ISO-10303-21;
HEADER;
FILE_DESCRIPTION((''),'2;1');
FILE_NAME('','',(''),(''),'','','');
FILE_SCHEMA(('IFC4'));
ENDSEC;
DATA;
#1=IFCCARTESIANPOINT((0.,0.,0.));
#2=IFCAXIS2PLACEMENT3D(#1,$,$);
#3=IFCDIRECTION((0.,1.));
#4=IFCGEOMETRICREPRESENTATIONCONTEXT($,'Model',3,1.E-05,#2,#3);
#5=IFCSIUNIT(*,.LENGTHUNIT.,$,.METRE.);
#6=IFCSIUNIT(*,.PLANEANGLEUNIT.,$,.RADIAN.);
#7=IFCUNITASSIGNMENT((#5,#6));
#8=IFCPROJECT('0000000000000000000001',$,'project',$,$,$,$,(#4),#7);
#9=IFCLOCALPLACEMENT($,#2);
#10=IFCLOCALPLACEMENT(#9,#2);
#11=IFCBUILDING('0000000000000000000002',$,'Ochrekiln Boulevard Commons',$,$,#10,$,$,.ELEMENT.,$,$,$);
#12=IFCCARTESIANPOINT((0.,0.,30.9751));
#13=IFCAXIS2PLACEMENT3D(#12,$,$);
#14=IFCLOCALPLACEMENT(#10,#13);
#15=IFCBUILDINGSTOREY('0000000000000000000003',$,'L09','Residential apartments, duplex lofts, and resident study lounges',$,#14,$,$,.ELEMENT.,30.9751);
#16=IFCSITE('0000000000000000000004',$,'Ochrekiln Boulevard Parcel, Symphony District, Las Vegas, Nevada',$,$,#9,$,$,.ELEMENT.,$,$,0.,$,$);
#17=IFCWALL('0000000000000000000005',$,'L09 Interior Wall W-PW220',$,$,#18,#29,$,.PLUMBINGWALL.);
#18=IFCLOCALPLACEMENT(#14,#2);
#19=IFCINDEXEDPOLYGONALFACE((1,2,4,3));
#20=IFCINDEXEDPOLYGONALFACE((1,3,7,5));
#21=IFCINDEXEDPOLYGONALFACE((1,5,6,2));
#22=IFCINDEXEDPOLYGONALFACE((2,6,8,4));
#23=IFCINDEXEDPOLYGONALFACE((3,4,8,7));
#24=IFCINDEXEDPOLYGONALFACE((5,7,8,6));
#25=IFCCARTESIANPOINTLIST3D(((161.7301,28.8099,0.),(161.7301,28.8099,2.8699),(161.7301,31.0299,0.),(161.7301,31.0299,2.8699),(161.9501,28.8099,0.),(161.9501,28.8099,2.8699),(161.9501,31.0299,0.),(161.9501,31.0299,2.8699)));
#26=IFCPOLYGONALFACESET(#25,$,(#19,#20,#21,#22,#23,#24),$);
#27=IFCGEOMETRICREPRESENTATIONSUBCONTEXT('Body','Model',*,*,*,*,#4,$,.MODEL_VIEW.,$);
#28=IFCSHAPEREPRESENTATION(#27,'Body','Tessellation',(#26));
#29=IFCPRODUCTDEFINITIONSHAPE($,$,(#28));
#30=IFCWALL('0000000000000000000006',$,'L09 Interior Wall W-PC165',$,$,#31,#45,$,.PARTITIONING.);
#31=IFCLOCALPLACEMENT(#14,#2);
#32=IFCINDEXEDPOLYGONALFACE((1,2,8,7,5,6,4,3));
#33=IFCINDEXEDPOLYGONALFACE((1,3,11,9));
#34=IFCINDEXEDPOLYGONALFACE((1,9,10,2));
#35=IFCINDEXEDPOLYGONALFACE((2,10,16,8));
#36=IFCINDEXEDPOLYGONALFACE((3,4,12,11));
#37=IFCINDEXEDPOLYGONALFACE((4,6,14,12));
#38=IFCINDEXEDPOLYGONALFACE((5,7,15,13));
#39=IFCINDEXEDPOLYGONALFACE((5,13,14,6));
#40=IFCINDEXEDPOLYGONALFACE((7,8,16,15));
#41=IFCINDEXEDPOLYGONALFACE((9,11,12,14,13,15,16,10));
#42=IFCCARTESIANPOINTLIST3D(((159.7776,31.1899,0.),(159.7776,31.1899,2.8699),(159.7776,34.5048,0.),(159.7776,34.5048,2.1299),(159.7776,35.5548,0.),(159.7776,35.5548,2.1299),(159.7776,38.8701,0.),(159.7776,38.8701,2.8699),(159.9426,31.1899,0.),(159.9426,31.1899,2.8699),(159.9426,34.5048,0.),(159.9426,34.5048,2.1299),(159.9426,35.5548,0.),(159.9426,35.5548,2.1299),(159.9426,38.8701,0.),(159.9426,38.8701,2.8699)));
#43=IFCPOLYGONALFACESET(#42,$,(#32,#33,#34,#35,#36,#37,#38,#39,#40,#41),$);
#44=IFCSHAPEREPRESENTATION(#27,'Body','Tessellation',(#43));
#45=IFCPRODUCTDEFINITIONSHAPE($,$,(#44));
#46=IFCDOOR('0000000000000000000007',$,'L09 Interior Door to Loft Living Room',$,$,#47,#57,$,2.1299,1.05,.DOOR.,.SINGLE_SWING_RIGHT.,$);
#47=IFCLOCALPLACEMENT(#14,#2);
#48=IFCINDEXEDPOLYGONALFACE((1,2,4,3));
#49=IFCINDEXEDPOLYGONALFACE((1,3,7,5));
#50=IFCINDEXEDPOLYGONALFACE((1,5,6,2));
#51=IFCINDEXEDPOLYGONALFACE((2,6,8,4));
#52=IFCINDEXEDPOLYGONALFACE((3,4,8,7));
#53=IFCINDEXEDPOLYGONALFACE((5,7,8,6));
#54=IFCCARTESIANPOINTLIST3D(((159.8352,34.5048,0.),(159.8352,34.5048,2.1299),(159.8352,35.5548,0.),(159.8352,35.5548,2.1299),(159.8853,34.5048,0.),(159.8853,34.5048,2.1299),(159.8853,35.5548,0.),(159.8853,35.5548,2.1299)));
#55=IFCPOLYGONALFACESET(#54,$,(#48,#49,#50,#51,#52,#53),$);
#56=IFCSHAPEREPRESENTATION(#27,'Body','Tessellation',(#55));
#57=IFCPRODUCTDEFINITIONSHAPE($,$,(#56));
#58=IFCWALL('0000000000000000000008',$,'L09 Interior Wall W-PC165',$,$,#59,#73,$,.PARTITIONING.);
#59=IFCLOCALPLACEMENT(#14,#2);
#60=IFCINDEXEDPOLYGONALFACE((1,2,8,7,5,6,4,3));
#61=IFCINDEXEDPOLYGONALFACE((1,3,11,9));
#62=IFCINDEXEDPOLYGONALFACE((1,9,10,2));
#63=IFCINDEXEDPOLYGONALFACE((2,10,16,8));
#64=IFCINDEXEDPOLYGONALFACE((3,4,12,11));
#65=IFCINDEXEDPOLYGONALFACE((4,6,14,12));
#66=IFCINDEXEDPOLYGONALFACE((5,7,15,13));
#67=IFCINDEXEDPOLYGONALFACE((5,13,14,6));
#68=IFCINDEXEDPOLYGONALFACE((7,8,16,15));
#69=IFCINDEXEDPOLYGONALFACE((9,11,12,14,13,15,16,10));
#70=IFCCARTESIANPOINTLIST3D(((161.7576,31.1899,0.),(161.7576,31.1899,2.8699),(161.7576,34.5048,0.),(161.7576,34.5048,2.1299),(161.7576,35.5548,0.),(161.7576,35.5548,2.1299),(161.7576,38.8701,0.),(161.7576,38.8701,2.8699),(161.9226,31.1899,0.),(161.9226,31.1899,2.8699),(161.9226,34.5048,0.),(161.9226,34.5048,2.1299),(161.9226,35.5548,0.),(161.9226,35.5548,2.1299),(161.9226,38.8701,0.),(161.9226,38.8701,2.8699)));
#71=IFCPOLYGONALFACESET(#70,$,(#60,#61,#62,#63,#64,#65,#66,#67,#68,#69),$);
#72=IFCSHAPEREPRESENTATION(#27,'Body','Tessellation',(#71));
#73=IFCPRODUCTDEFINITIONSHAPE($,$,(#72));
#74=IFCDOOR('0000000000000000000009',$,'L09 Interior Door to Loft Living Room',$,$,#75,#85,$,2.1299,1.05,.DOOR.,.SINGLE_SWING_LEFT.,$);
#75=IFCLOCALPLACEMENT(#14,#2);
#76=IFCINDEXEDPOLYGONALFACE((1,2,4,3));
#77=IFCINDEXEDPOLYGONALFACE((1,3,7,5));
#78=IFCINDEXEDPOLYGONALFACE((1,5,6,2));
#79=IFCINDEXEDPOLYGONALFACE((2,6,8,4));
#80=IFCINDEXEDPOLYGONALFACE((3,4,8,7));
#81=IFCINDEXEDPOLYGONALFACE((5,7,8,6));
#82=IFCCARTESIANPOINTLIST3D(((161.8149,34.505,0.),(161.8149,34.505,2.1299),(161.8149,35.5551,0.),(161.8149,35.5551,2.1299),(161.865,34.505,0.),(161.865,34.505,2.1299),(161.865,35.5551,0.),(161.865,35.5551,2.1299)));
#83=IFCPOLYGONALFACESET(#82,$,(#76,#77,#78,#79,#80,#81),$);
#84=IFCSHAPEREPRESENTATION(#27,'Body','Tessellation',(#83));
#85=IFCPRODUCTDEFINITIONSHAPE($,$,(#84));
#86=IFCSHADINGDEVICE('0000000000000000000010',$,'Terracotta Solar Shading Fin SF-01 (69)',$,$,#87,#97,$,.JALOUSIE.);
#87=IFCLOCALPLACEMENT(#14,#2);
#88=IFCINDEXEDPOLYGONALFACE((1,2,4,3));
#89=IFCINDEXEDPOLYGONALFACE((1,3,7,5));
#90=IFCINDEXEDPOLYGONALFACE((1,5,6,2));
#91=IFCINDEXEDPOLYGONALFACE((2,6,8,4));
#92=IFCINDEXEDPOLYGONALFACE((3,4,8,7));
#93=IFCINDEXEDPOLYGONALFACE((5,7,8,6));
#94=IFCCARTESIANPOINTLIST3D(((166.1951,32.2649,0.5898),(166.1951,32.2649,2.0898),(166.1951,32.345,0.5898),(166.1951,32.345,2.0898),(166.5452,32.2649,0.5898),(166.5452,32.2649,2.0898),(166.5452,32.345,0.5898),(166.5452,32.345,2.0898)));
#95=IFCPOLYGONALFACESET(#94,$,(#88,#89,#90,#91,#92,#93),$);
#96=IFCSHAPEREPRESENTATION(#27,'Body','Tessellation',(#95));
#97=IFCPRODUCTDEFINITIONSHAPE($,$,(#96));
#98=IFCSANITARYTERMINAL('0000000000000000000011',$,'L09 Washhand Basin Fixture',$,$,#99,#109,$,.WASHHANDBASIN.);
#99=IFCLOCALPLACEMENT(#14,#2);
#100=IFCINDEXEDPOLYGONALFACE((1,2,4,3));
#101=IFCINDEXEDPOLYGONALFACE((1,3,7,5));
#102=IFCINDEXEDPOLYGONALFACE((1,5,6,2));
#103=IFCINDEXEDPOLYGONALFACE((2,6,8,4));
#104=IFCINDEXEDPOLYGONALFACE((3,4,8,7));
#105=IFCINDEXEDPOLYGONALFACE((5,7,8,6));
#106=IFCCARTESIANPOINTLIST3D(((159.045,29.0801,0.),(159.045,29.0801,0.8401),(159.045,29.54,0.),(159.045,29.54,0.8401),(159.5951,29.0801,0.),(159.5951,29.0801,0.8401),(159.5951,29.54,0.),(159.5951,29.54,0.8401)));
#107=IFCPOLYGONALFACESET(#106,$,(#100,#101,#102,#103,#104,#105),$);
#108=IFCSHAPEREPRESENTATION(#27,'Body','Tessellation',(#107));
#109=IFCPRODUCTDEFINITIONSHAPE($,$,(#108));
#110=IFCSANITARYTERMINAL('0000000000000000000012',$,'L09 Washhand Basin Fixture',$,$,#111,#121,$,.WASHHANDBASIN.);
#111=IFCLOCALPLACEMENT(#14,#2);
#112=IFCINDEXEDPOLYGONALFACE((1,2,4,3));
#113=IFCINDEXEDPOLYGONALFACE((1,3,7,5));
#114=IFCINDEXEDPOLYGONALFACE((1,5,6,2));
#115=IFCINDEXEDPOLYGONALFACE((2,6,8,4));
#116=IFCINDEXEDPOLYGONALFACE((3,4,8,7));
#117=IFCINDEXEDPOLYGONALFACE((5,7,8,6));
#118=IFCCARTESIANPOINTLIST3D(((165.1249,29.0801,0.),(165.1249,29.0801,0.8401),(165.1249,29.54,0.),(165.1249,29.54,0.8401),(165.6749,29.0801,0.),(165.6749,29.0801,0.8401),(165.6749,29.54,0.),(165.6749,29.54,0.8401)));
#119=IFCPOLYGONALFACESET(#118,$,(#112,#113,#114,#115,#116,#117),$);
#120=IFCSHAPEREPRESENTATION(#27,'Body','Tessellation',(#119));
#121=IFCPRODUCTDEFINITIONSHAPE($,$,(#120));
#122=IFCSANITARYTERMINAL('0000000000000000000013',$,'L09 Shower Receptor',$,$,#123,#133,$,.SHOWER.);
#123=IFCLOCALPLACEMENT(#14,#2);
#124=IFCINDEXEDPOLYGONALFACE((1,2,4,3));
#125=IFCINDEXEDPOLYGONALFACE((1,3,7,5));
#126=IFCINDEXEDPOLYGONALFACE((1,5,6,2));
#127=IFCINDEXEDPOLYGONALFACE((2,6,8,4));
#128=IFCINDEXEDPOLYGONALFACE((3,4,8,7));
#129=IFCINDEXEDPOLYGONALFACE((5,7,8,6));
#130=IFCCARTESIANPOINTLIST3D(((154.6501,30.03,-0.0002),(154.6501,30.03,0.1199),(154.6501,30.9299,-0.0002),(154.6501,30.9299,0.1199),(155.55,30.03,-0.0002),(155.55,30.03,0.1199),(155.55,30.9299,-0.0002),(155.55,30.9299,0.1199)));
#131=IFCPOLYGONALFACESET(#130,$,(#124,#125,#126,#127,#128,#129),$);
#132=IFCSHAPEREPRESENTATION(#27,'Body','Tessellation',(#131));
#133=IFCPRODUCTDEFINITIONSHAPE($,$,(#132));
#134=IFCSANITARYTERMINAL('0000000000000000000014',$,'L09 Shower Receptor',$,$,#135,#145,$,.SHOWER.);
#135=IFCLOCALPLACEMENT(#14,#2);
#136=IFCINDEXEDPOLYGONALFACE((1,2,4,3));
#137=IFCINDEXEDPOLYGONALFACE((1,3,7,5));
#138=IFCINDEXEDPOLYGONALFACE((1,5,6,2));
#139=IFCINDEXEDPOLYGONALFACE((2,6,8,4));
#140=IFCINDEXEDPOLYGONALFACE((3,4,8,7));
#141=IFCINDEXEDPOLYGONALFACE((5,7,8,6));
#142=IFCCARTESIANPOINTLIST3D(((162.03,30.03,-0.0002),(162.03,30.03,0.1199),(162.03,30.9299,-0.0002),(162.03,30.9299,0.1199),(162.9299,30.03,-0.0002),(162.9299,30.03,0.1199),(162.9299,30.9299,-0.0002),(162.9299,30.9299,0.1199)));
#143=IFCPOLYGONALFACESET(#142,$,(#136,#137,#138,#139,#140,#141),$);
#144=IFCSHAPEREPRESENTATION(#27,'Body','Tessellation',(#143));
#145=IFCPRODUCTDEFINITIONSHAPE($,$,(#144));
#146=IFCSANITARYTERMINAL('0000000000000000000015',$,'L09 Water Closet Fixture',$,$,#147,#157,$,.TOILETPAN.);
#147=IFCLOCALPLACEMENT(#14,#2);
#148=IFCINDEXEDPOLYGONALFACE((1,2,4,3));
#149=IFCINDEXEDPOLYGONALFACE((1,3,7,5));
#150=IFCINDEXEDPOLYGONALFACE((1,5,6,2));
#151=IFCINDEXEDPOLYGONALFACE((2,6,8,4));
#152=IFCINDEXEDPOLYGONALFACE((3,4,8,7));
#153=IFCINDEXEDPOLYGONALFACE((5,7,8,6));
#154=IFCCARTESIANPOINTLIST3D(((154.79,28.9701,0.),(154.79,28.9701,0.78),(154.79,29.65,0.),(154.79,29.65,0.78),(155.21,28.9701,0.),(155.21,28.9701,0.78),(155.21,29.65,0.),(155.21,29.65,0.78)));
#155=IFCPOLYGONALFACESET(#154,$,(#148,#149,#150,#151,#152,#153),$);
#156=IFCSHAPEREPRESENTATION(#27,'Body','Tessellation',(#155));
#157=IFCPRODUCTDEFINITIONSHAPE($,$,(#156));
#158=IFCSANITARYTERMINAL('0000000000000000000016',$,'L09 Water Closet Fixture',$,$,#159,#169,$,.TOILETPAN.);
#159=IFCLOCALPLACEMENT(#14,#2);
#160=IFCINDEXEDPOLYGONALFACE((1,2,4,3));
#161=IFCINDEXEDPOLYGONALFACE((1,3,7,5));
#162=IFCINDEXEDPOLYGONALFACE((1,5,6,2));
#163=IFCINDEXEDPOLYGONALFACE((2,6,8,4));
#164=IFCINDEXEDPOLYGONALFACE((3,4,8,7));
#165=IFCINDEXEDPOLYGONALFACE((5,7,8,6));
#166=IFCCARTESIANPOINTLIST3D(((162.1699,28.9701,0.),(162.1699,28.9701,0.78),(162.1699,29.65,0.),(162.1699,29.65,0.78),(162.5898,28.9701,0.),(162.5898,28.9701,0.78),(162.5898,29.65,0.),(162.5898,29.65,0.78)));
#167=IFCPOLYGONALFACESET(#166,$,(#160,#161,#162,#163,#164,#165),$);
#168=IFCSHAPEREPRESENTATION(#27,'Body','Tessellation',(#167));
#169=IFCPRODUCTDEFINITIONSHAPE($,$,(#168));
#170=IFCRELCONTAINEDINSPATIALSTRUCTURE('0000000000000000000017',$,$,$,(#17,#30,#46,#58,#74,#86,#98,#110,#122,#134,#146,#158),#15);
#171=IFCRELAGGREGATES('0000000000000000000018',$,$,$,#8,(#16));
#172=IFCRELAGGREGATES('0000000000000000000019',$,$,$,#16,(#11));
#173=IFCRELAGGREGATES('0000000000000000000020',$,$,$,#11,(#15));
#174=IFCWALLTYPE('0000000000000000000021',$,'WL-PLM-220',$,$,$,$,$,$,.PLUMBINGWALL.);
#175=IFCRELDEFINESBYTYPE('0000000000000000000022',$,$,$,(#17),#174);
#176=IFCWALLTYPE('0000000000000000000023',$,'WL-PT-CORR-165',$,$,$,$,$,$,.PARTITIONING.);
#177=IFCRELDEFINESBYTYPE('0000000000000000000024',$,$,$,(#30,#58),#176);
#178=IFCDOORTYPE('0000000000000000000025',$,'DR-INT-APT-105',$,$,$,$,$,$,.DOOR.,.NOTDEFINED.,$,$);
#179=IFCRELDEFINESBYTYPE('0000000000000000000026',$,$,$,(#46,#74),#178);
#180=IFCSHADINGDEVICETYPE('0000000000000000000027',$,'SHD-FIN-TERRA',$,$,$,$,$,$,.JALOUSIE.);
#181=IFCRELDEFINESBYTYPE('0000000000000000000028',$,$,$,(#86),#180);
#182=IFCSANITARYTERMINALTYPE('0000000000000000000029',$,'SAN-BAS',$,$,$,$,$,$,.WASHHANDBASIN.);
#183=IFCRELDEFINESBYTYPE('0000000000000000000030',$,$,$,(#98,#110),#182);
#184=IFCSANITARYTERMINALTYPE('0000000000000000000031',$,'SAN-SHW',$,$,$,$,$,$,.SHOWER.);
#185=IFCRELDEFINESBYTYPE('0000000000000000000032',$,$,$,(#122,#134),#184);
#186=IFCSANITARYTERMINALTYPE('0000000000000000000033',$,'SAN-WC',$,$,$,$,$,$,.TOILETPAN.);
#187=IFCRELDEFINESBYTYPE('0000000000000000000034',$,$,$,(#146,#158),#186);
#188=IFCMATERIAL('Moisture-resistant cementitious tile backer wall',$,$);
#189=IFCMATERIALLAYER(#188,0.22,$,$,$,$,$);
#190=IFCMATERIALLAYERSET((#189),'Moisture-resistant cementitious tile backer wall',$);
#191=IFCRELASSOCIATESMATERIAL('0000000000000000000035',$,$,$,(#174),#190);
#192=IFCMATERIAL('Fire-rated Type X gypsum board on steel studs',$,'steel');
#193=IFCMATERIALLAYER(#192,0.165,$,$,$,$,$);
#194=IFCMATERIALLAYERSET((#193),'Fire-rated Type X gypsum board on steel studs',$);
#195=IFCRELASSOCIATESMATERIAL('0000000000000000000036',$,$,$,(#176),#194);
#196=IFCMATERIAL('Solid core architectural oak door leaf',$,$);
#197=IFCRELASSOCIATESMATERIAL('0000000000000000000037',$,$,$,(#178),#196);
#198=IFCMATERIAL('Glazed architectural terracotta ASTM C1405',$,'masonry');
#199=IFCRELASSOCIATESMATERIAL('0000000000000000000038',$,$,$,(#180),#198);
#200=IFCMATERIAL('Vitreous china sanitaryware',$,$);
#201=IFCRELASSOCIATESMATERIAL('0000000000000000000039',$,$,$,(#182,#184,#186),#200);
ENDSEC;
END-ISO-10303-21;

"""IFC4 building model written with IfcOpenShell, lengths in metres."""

from ifc_helpers import new_model, si_unit, direction, frame, frame_2d, origin, origin_2d, place, context, subcontext, project, spatial, rectangle, extrude, material, layer, layer_set, type_object, element, fill, save


model = new_model("IFC4")

# Units and contexts
model_context = context("Model", 3, precision=1e-05, world=origin(), true_north=direction((0.0, 1.0)))
body_context = subcontext(model_context, "Body", "Model", "MODEL_VIEW")
ifc_project = project(units=[si_unit("LENGTHUNIT", "METRE"), si_unit("PLANEANGLEUNIT", "RADIAN")], contexts=[model_context])

# Site, building, storey
site_placement = place(None, origin())
site = spatial("IfcSite", under=ifc_project, at=site_placement, Name="Ochrekiln Boulevard Parcel, Symphony District, Las Vegas, Nevada", CompositionType="ELEMENT", RefElevation=0.0)
building_placement = place(site_placement, origin())
building = spatial("IfcBuilding", under=site, at=building_placement, Name="Ochrekiln Boulevard Commons", CompositionType="ELEMENT")
storey_placement = place(building_placement, frame((0.0, 0.0, 30.9751)))
storey = spatial("IfcBuildingStorey", under=building, at=storey_placement, Name="L09", Description="Residential apartments, duplex lofts, and resident study lounges", CompositionType="ELEMENT", Elevation=30.9751)

# Shared definitions
ifc_material_1 = material(Name="Moisture-resistant cementitious tile backer wall")
ifc_material_2 = material(Name="Solid core architectural oak door leaf")

# Wall
ifc_layer_1 = layer(ifc_material_1, 0.22)
ifc_layer_set_1 = layer_set([ifc_layer_1], Name="Moisture-resistant cementitious tile backer wall")
wall_type_1 = type_object("IfcWallType", Name="WL-PLM-220", PredefinedType="PLUMBINGWALL", material=ifc_layer_set_1)
for number, where, z_axis, x_axis, name in (
    (1, (161.8401, 28.8101, 0.0), (0.0, 0.0, 1.0), (0.0, 1.0, 0.0), "L09 Interior Wall W-PW220"),
):
    element("IfcWall", number, at=place(storey_placement, frame(where, z_axis=z_axis, x_axis=x_axis)), inside=storey, type_object=wall_type_1, Name=name, PredefinedType="PLUMBINGWALL", context=body_context, shape_type="SweptSolid", body=[
        extrude(rectangle(XDim=2.22, YDim=0.22, at=frame_2d((1.1099, 0.0))), origin(), (0.0, 0.0, 1.0), 2.8699),
    ])

# Walls, openings, doors
ifc_material_3 = material(Name="Fire-rated Type X gypsum board on steel studs", Category="steel")
ifc_layer_2 = layer(ifc_material_3, 0.165)
ifc_layer_set_2 = layer_set([ifc_layer_2], Name="Fire-rated Type X gypsum board on steel studs")
wall_type_2 = type_object("IfcWallType", Name="WL-PT-CORR-165", PredefinedType="PARTITIONING", material=ifc_layer_set_2)
wall_1_placement = place(storey_placement, frame((159.8601, 31.1899, 0.0), z_axis=(0.0, 0.0, 1.0), x_axis=(0.0, 1.0, 0.0)))
wall_1 = element("IfcWall", 2, at=wall_1_placement, inside=storey, type_object=wall_type_2, Name="L09 Interior Wall W-PC165", PredefinedType="PARTITIONING", context=body_context, shape_type="SweptSolid", body=[
    extrude(rectangle(XDim=7.6802, YDim=0.165, at=frame_2d((3.8401, 0.0))), origin(), (0.0, 0.0, 1.0), 2.8699),
])
opening_1_placement = place(wall_1_placement, frame((3.3149, 0.0, 0.0)))
opening_1 = element("IfcOpeningElement", 3, at=opening_1_placement, cuts=wall_1, PredefinedType="OPENING", context=body_context, shape_type="SweptSolid", body=[
    extrude(rectangle(XDim=1.05, YDim=2.1299, at=frame_2d((0.5249, 1.0649))), frame((0.0, 0.0925, 0.0), z_axis=(0.0, -1.0, 0.0), x_axis=(1.0, 0.0, 0.0)), (0.0, 0.0, 1.0), 0.1851),
])
door_type_1 = type_object("IfcDoorType", Name="DR-INT-APT-105", OperationType="NOTDEFINED", PredefinedType="DOOR", material=ifc_material_2)
door_1_placement = place(opening_1_placement, origin())
door_1 = element("IfcDoor", 4, at=door_1_placement, inside=storey, type_object=door_type_1, Name="L09 Interior Door to Loft Living Room", OperationType="SINGLE_SWING_RIGHT", OverallHeight=2.1299, OverallWidth=1.05, PredefinedType="DOOR", context=body_context, shape_type="SweptSolid", body=[
    extrude(rectangle(XDim=1.05, YDim=2.1299, at=frame_2d((0.5249, 1.0649))), frame((0.0, 0.0249, 0.0), z_axis=(0.0, -1.0, 0.0), x_axis=(1.0, 0.0, 0.0)), (0.0, 0.0, 1.0), 0.05),
])
fill(opening_1, door_1)
wall_2_placement = place(storey_placement, frame((161.8401, 31.1899, 0.0), z_axis=(0.0, 0.0, 1.0), x_axis=(0.0, 1.0, 0.0)))
wall_2 = element("IfcWall", 5, at=wall_2_placement, inside=storey, type_object=wall_type_2, Name="L09 Interior Wall W-PC165", PredefinedType="PARTITIONING", context=body_context, shape_type="SweptSolid", body=[
    extrude(rectangle(XDim=7.6802, YDim=0.165, at=frame_2d((3.8401, 0.0))), origin(), (0.0, 0.0, 1.0), 2.8699),
])
opening_2_placement = place(wall_2_placement, frame((3.3149, 0.0, 0.0)))
opening_2 = element("IfcOpeningElement", 6, at=opening_2_placement, cuts=wall_2, PredefinedType="OPENING", context=body_context, shape_type="SweptSolid", body=[
    extrude(rectangle(XDim=1.05, YDim=2.1299, at=frame_2d((0.5249, 1.0649))), frame((0.0, 0.0925, 0.0), z_axis=(0.0, -1.0, 0.0), x_axis=(1.0, 0.0, 0.0)), (0.0, 0.0, 1.0), 0.1851),
])
door_2_placement = place(opening_2_placement, frame((1.05, 0.0, 0.0), z_axis=(0.0, 0.0, 1.0), x_axis=(-1.0, 0.0, 0.0)))
door_2 = element("IfcDoor", 7, at=door_2_placement, inside=storey, type_object=door_type_1, Name="L09 Interior Door to Loft Living Room", OperationType="SINGLE_SWING_LEFT", OverallHeight=2.1299, OverallWidth=1.05, PredefinedType="DOOR", context=body_context, shape_type="SweptSolid", body=[
    extrude(rectangle(XDim=1.05, YDim=2.1299, at=frame_2d((0.5249, 1.0649))), frame((0.0, 0.0249, 0.0), z_axis=(0.0, -1.0, 0.0), x_axis=(1.0, 0.0, 0.0)), (0.0, 0.0, 1.0), 0.05),
])
fill(opening_2, door_2)

# Shading device
ifc_material_4 = material(Name="Glazed architectural terracotta ASTM C1405", Category="masonry")
shading_device_type = type_object("IfcShadingDeviceType", Name="SHD-FIN-TERRA", PredefinedType="JALOUSIE", material=ifc_material_4)
shading_device_placement = place(storey_placement, frame((166.3701, 32.3049, 0.5898), z_axis=(0.0, 0.0, 1.0), x_axis=(1.0, 0.0, 0.0)))
element("IfcShadingDevice", 8, at=shading_device_placement, inside=storey, type_object=shading_device_type, Name="Terracotta Solar Shading Fin SF-01 (69)", PredefinedType="JALOUSIE", context=body_context, shape_type="SweptSolid", body=[
    extrude(rectangle(XDim=0.3501, YDim=0.0801, at=origin_2d()), origin(), (0.0, 0.0, 1.0), 1.5),
])

# Sanitary terminals
ifc_material_5 = material(Name="Vitreous china sanitaryware")
sanitary_terminal_type_1 = type_object("IfcSanitaryTerminalType", Name="SAN-BAS", PredefinedType="WASHHANDBASIN", material=ifc_material_5)
for number, where, z_axis, x_axis, name in (
    (9, (159.3201, 29.3101, 0.0), (0.0, 0.0, 1.0), (1.0, 0.0, 0.0), "L09 Washhand Basin Fixture"),
    (10, (165.3999, 29.3101, 0.0), (0.0, 0.0, 1.0), (1.0, 0.0, 0.0), "L09 Washhand Basin Fixture"),
):
    element("IfcSanitaryTerminal", number, at=place(storey_placement, frame(where, z_axis=z_axis, x_axis=x_axis)), inside=storey, type_object=sanitary_terminal_type_1, Name=name, PredefinedType="WASHHANDBASIN", context=body_context, shape_type="SweptSolid", body=[
        extrude(rectangle(XDim=0.55, YDim=0.46, at=origin_2d()), origin(), (0.0, 0.0, 1.0), 0.8401),
    ])
sanitary_terminal_type_2 = type_object("IfcSanitaryTerminalType", Name="SAN-SHW", PredefinedType="SHOWER", material=ifc_material_5)
for number, where, z_axis, x_axis, name in (
    (11, (155.1001, 30.48, -0.0002), (0.0, 0.0, 1.0), (1.0, 0.0, 0.0), "L09 Shower Receptor"),
    (12, (162.48, 30.48, -0.0002), (0.0, 0.0, 1.0), (1.0, 0.0, 0.0), "L09 Shower Receptor"),
):
    element("IfcSanitaryTerminal", number, at=place(storey_placement, frame(where, z_axis=z_axis, x_axis=x_axis)), inside=storey, type_object=sanitary_terminal_type_2, Name=name, PredefinedType="SHOWER", context=body_context, shape_type="SweptSolid", body=[
        extrude(rectangle(XDim=0.8999, YDim=0.8999, at=origin_2d()), origin(), (0.0, 0.0, 1.0), 0.1201),
    ])
sanitary_terminal_type_3 = type_object("IfcSanitaryTerminalType", Name="SAN-WC", PredefinedType="TOILETPAN", material=ifc_material_5)
for number, where, z_axis, x_axis, name in (
    (13, (155.0, 29.3101, 0.0), (0.0, 0.0, 1.0), (1.0, 0.0, 0.0), "L09 Water Closet Fixture"),
    (14, (162.3799, 29.3101, 0.0), (0.0, 0.0, 1.0), (1.0, 0.0, 0.0), "L09 Water Closet Fixture"),
):
    element("IfcSanitaryTerminal", number, at=place(storey_placement, frame(where, z_axis=z_axis, x_axis=x_axis)), inside=storey, type_object=sanitary_terminal_type_3, Name=name, PredefinedType="TOILETPAN", context=body_context, shape_type="SweptSolid", body=[
        extrude(rectangle(XDim=0.4199, YDim=0.6799, at=origin_2d()), origin(), (0.0, 0.0, 1.0), 0.78),
    ])

save(model, "model.ifc")
